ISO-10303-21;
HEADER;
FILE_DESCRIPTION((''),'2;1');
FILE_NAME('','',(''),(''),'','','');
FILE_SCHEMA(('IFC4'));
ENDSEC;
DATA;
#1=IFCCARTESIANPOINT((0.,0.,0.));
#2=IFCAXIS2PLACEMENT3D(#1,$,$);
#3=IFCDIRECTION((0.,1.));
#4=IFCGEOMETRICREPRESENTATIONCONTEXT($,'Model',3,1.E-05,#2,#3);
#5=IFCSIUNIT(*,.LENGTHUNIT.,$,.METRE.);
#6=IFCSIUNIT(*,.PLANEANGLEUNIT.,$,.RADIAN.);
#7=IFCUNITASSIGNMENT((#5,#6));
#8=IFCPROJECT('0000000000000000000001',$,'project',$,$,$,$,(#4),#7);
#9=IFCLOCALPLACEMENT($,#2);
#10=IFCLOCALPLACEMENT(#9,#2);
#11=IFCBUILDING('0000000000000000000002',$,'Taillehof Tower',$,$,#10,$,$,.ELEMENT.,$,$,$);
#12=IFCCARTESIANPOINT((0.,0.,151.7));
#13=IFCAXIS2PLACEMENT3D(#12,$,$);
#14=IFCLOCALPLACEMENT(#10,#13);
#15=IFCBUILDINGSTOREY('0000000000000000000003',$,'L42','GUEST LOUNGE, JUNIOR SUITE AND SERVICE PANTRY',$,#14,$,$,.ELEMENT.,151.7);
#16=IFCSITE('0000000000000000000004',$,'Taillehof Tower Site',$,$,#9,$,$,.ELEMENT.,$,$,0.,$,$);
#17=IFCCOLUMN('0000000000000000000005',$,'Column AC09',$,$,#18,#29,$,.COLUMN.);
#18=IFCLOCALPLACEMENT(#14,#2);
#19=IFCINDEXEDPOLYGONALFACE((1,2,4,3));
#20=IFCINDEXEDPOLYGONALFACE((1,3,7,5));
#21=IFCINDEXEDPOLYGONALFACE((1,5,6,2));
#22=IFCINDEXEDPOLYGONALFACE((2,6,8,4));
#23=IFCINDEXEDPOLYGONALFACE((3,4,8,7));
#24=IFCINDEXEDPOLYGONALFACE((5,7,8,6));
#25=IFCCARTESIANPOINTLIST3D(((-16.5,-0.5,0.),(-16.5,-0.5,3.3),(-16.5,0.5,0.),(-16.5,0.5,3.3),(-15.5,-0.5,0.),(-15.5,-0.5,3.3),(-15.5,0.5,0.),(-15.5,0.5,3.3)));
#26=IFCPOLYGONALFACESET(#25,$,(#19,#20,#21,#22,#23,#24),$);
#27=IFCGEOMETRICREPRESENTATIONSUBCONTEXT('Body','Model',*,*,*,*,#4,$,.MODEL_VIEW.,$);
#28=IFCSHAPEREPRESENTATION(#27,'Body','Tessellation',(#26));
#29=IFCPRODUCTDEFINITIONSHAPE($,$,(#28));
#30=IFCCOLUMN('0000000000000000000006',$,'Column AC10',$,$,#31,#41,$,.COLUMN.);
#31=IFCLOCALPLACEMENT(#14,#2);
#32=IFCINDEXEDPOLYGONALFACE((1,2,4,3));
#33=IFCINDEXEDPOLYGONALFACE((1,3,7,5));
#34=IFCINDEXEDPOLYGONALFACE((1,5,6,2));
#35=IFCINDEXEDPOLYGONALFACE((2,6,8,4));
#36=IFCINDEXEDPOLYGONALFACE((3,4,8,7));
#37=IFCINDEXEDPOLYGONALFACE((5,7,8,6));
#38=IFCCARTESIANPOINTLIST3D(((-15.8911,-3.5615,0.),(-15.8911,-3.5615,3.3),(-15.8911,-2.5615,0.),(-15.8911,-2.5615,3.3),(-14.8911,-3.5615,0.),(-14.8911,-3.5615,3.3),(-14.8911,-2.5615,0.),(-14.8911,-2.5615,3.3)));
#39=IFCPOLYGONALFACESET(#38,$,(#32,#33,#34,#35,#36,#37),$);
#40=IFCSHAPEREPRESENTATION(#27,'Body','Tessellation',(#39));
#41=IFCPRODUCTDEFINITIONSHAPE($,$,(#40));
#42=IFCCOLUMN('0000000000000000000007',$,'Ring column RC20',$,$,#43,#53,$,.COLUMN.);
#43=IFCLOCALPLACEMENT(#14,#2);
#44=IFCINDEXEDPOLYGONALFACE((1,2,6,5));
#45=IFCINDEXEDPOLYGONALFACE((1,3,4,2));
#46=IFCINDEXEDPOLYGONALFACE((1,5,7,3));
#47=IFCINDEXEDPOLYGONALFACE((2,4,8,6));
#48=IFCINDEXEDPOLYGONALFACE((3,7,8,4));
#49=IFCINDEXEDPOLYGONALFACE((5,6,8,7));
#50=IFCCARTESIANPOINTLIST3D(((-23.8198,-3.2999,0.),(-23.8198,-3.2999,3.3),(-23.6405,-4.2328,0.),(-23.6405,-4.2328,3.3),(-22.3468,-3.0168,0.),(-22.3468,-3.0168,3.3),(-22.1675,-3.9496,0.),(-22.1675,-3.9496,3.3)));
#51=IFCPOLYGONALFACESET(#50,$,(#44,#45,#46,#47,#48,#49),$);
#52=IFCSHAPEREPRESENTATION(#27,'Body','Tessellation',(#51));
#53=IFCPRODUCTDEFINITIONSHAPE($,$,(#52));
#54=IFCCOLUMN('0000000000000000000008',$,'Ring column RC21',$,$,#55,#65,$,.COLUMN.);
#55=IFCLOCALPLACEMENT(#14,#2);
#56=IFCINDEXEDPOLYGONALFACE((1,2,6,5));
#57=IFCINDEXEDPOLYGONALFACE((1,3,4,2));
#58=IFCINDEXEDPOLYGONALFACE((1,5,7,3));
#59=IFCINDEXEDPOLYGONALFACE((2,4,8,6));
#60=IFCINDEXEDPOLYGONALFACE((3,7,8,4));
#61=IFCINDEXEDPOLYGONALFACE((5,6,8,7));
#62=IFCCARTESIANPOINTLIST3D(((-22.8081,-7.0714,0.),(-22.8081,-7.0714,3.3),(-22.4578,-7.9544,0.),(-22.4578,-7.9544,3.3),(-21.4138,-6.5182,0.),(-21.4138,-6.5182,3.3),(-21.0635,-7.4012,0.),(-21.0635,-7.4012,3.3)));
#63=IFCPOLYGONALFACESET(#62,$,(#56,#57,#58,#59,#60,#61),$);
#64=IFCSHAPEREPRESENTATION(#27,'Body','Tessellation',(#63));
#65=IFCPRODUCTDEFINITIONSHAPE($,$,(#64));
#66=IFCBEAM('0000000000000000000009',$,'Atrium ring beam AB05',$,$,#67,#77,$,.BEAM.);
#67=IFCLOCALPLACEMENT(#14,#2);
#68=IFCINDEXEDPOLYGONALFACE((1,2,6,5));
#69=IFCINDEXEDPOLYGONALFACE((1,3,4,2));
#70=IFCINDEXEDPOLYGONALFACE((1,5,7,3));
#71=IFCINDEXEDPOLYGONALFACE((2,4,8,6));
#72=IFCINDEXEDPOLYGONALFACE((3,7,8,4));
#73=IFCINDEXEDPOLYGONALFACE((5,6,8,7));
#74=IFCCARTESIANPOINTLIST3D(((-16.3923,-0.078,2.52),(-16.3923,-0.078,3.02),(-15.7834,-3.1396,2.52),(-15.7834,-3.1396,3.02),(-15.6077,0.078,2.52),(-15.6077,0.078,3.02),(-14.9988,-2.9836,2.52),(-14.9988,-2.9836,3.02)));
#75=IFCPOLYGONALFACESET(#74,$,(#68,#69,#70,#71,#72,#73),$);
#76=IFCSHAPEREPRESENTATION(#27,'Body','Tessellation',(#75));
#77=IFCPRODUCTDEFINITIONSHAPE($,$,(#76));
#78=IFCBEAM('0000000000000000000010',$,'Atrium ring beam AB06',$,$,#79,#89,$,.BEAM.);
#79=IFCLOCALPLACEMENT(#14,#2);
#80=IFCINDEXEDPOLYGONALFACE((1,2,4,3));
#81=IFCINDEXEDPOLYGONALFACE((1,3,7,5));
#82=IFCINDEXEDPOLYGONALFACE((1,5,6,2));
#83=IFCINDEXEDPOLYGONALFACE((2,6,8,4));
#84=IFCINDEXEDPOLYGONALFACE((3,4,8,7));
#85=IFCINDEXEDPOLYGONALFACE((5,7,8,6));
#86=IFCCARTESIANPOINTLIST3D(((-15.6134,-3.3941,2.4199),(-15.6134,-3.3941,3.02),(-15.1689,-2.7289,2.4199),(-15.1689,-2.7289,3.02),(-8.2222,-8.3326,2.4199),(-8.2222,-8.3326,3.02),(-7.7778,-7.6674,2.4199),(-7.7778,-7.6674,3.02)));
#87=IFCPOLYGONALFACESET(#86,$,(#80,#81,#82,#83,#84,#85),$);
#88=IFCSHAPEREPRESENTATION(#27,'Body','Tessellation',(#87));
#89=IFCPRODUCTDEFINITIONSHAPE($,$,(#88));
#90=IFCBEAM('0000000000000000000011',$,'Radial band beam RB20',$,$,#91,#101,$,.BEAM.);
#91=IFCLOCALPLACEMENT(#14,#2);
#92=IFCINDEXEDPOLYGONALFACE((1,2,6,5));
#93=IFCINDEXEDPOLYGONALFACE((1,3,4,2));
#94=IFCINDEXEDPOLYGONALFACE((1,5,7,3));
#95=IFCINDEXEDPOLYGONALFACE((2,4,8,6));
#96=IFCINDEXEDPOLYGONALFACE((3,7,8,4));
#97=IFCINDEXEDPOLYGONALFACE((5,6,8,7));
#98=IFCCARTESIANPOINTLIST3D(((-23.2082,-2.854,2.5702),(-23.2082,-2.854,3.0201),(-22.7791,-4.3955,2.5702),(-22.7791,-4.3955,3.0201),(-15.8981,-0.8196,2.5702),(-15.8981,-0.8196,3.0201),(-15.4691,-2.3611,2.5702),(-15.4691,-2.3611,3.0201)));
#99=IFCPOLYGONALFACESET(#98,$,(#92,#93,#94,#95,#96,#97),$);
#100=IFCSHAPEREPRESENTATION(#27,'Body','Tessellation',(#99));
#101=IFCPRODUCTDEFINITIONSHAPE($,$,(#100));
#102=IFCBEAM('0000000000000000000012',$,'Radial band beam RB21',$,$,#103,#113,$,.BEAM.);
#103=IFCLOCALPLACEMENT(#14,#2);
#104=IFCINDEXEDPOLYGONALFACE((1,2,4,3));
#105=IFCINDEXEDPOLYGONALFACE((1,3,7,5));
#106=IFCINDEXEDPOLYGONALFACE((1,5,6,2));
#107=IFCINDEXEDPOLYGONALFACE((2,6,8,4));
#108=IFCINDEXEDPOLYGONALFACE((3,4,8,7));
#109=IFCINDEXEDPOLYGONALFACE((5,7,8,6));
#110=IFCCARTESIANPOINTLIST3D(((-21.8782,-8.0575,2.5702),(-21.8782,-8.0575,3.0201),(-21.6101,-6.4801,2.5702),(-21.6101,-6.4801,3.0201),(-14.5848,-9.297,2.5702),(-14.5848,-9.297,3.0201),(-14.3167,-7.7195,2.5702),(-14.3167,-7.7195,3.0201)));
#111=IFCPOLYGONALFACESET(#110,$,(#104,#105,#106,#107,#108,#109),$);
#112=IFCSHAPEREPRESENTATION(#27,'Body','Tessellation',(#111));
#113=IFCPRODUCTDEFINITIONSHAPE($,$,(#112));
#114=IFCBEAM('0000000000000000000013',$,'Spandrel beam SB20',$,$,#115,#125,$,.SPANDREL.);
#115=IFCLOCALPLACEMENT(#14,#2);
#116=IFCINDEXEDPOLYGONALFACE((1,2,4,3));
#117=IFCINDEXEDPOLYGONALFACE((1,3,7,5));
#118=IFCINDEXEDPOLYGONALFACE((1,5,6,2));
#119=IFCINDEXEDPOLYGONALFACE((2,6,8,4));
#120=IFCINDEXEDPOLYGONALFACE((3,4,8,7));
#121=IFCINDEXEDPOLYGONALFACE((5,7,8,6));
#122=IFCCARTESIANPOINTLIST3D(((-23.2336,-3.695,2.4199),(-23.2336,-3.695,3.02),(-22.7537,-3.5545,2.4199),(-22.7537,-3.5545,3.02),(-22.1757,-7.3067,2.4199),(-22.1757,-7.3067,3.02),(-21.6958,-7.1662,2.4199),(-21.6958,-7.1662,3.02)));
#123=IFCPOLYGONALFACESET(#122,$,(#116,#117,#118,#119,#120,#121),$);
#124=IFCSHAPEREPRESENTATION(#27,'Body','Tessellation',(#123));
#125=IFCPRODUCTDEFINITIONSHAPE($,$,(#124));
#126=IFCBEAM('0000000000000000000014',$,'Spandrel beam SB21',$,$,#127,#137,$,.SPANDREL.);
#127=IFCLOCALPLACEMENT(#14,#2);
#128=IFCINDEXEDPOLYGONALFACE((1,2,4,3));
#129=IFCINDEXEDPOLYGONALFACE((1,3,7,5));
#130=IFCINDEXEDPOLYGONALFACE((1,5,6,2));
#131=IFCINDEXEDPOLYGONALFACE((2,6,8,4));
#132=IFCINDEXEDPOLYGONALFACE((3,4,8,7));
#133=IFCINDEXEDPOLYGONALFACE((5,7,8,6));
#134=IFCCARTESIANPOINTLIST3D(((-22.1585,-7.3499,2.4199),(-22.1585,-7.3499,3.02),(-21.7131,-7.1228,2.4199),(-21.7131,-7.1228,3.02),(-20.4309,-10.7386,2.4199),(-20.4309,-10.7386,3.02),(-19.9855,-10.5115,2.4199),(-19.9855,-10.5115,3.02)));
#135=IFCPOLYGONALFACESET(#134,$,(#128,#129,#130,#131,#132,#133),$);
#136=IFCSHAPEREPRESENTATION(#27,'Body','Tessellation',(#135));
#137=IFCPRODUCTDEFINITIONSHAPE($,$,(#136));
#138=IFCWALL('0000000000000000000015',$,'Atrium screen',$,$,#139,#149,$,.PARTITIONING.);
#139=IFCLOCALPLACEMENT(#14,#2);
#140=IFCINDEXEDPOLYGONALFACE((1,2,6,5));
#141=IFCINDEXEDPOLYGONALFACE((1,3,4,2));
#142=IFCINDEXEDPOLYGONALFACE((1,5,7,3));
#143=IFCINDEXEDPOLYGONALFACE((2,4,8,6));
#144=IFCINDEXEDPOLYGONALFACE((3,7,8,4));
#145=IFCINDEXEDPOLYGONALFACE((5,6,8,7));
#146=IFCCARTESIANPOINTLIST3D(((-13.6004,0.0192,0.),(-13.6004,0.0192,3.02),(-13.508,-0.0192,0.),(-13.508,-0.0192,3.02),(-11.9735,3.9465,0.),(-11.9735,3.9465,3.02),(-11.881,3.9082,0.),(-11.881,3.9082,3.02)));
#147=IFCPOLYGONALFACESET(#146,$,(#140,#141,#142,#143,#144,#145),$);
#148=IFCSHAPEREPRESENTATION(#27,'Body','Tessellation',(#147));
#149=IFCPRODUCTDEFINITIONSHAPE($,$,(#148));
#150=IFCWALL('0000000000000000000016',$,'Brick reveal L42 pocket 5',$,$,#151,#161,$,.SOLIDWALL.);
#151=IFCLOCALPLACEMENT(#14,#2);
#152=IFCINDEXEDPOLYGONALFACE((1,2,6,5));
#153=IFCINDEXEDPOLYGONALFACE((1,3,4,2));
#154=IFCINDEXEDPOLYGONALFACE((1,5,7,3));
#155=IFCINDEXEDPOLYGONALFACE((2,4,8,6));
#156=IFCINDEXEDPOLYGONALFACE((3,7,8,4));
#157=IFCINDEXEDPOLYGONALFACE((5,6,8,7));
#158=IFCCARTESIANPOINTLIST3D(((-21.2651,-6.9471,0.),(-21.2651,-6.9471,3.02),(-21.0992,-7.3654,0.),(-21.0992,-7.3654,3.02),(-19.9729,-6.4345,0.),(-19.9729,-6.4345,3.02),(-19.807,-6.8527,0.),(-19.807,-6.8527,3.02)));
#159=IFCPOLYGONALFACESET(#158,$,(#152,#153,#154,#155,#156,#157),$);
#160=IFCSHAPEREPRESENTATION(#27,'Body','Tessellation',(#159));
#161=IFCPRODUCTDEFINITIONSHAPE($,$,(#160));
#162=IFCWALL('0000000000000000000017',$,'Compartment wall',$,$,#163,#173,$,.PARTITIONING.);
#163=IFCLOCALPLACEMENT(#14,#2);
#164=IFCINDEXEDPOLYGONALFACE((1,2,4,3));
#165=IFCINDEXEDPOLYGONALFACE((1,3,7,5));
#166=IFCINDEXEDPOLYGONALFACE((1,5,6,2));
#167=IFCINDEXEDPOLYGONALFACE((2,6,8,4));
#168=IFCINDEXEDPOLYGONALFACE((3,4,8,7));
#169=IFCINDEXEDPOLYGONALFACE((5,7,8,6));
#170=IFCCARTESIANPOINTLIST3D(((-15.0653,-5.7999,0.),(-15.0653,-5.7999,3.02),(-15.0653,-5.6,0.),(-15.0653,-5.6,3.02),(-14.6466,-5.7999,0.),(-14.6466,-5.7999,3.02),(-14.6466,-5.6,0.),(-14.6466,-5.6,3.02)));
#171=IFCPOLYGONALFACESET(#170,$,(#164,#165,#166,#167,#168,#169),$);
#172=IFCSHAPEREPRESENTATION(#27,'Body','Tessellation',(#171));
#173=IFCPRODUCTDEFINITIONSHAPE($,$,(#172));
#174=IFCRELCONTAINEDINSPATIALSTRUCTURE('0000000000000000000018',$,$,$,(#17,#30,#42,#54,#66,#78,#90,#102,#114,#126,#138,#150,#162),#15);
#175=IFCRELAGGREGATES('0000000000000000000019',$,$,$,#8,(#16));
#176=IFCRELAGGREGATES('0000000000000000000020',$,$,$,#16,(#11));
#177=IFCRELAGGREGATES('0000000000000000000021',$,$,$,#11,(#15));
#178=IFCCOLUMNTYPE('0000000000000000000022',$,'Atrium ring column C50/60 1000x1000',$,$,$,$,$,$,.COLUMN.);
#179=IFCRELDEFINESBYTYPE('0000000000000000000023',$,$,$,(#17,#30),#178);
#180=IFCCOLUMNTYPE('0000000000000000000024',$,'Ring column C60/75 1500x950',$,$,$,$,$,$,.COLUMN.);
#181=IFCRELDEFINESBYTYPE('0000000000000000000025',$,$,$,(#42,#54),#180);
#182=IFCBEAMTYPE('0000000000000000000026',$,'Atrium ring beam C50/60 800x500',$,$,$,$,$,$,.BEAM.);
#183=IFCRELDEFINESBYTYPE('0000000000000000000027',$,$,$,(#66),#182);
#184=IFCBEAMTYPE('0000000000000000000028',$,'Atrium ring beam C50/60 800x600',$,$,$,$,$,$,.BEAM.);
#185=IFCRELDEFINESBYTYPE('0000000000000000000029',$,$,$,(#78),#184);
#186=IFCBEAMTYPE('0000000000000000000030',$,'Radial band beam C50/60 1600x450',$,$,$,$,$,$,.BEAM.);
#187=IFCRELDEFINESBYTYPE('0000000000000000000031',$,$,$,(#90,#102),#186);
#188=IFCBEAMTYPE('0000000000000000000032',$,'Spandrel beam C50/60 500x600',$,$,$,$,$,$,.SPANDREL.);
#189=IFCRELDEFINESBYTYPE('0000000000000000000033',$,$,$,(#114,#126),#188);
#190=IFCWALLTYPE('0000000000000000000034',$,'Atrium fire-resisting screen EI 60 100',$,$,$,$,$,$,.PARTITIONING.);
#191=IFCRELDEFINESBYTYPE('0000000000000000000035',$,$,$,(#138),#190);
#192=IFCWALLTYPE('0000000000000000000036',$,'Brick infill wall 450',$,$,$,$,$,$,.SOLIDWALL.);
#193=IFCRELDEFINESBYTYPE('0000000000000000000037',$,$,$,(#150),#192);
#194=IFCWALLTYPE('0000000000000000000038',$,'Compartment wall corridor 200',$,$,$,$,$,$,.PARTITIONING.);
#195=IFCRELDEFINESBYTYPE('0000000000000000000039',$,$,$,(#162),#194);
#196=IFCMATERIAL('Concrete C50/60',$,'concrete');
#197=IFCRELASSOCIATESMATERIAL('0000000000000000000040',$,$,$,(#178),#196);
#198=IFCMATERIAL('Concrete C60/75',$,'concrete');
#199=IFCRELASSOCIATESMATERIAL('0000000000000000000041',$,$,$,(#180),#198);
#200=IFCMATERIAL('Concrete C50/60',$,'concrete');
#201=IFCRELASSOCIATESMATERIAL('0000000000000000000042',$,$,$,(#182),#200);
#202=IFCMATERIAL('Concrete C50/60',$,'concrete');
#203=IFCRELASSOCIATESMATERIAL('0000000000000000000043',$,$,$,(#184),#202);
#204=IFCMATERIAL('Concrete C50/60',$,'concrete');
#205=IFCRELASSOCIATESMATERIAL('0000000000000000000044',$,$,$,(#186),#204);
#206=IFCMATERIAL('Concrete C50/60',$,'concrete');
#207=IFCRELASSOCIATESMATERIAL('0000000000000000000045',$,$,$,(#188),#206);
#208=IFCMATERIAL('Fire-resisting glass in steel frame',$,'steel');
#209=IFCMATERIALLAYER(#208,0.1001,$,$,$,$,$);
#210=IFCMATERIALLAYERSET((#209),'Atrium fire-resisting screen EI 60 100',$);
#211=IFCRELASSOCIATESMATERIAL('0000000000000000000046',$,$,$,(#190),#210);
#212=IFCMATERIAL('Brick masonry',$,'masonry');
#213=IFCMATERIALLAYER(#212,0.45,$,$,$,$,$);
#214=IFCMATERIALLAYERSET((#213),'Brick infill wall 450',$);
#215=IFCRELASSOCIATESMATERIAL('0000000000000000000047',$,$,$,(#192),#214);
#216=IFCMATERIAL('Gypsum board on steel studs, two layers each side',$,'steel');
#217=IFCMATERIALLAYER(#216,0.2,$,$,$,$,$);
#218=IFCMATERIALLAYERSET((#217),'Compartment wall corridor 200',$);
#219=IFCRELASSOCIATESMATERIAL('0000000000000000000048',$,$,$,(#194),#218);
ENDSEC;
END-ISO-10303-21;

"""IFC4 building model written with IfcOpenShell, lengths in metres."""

from ifc_helpers import new_model, si_unit, direction, frame, frame_2d, origin, origin_2d, place, context, subcontext, project, spatial, rectangle, extrude, material, layer, layer_set, material_profile, profile_set, type_object, element, save


model = new_model("IFC4")

# Units and contexts
model_context = context("Model", 3, precision=1e-05, world=origin(), true_north=direction((0.0, 1.0)))
body_context = subcontext(model_context, "Body", "Model", "MODEL_VIEW")
ifc_project = project(units=[si_unit("LENGTHUNIT", "METRE"), si_unit("PLANEANGLEUNIT", "RADIAN")], contexts=[model_context])

# Site, building, storey
site_placement = place(None, origin())
site = spatial("IfcSite", under=ifc_project, at=site_placement, Name="Taillehof Tower Site", CompositionType="ELEMENT", RefElevation=0.0)
building_placement = place(site_placement, origin())
building = spatial("IfcBuilding", under=site, at=building_placement, Name="Taillehof Tower", CompositionType="ELEMENT")
storey_placement = place(building_placement, frame((0.0, 0.0, 151.7)))
storey = spatial("IfcBuildingStorey", under=building, at=storey_placement, Name="L42", Description="GUEST LOUNGE, JUNIOR SUITE AND SERVICE PANTRY", CompositionType="ELEMENT", Elevation=151.7)

# Columns
ifc_material_1 = material(Name="Concrete C50/60", Category="concrete")
ifc_material_profile_1 = material_profile(ifc_material_1, rectangle(XDim=1.0, YDim=1.0, at=origin_2d()), Name="RC 1000x1000")
ifc_profile_set_1 = profile_set([ifc_material_profile_1], Name="Concrete C50/60")
column_type_1 = type_object("IfcColumnType", Name="Atrium ring column C50/60 1000x1000", PredefinedType="COLUMN", material=ifc_profile_set_1)
for number, where, z_axis, x_axis, name in (
    (1, (-16.0, 0.0, 0.0), (0.0, 0.0, 1.0), (1.0, 0.0, 0.0), "Column AC09"),
    (2, (-15.3911, -3.0615, 0.0), (0.0, 0.0, 1.0), (1.0, 0.0, 0.0), "Column AC10"),
):
    element("IfcColumn", number, at=place(storey_placement, frame(where, z_axis=z_axis, x_axis=x_axis)), inside=storey, type_object=column_type_1, Name=name, PredefinedType="COLUMN", context=body_context, shape_type="SweptSolid", body=[
        extrude(rectangle(XDim=1.0, YDim=1.0, at=origin_2d()), origin(), (0.0, 0.0, 1.0), 3.3),
    ])
ifc_material_2 = material(Name="Concrete C60/75", Category="concrete")
ifc_material_profile_2 = material_profile(ifc_material_2, rectangle(XDim=1.5, YDim=0.95, at=origin_2d()), Name="RC 1500x950")
ifc_profile_set_2 = profile_set([ifc_material_profile_2], Name="Concrete C60/75")
column_type_2 = type_object("IfcColumnType", Name="Ring column C60/75 1500x950", PredefinedType="COLUMN", material=ifc_profile_set_2)
for number, where, z_axis, x_axis, name in (
    (3, (-22.9937, -3.6248, 0.0), (0.0, 0.0, 1.0), (-0.982024, -0.188757, 0.0), "Ring column RC20"),
    (4, (-21.9358, -7.2363, 0.0), (0.0, 0.0, 1.0), (-0.929511, -0.368793, 0.0), "Ring column RC21"),
):
    element("IfcColumn", number, at=place(storey_placement, frame(where, z_axis=z_axis, x_axis=x_axis)), inside=storey, type_object=column_type_2, Name=name, PredefinedType="COLUMN", context=body_context, shape_type="SweptSolid", body=[
        extrude(rectangle(XDim=1.5, YDim=0.95, at=origin_2d()), origin(), (0.0, 0.0, 1.0), 3.3),
    ])

# Beams
ifc_material_3 = material(Name="Concrete C50/60", Category="concrete")
ifc_material_profile_3 = material_profile(ifc_material_3, rectangle(XDim=0.8, YDim=0.5, at=origin_2d()), Name="RC 800x500")
ifc_profile_set_3 = profile_set([ifc_material_profile_3], Name="Concrete C50/60")
beam_type_1 = type_object("IfcBeamType", Name="Atrium ring beam C50/60 800x500", PredefinedType="BEAM", material=ifc_profile_set_3)
beam_1_placement = place(storey_placement, frame((-16.0, 0.0, 2.77), z_axis=(0.195063, -0.980791, 0.0), x_axis=(0.980791, 0.195063, 0.0)))
element("IfcBeam", 5, at=beam_1_placement, inside=storey, type_object=beam_type_1, Name="Atrium ring beam AB05", PredefinedType="BEAM", context=body_context, shape_type="SweptSolid", body=[
    extrude(rectangle(XDim=0.8, YDim=0.5, at=origin_2d()), origin(), (0.0, 0.0, 1.0), 3.1216),
])
ifc_material_4 = material(Name="Concrete C50/60", Category="concrete")
ifc_material_profile_4 = material_profile(ifc_material_4, rectangle(XDim=0.8, YDim=0.6001, at=origin_2d()), Name="RC 800x600")
ifc_profile_set_4 = profile_set([ifc_material_profile_4], Name="Concrete C50/60")
beam_type_2 = type_object("IfcBeamType", Name="Atrium ring beam C50/60 800x600", PredefinedType="BEAM", material=ifc_profile_set_4)
beam_2_placement = place(storey_placement, frame((-15.3911, -3.0615, 2.72), z_axis=(0.831475, -0.555562, 0.0), x_axis=(0.555562, 0.831475, 0.0)))
element("IfcBeam", 6, at=beam_2_placement, inside=storey, type_object=beam_type_2, Name="Atrium ring beam AB06", PredefinedType="BEAM", context=body_context, shape_type="SweptSolid", body=[
    extrude(rectangle(XDim=0.8, YDim=0.6001, at=origin_2d()), origin(), (0.0, 0.0, 1.0), 8.8892),
])
ifc_material_5 = material(Name="Concrete C50/60", Category="concrete")
ifc_material_profile_5 = material_profile(ifc_material_5, rectangle(XDim=1.6001, YDim=0.45, at=origin_2d()), Name="RC 1600x450")
ifc_profile_set_5 = profile_set([ifc_material_profile_5], Name="Concrete C50/60")
beam_type_3 = type_object("IfcBeamType", Name="Radial band beam C50/60 1600x450", PredefinedType="BEAM", material=ifc_profile_set_5)
beam_3_placement = place(storey_placement, frame((-22.9937, -3.6248, 2.7952), z_axis=(0.963387, 0.268115, 0.0), x_axis=(-0.268115, 0.963387, 0.0)))
element("IfcBeam", 7, at=beam_3_placement, inside=storey, type_object=beam_type_3, Name="Radial band beam RB20", PredefinedType="BEAM", context=body_context, shape_type="SweptSolid", body=[
    extrude(rectangle(XDim=1.6001, YDim=0.45, at=origin_2d()), origin(), (0.0, 0.0, 1.0), 7.5879),
])
beam_4_placement = place(storey_placement, frame((-21.7441, -7.2688, 2.7952), z_axis=(0.985864, -0.167545, 0.0), x_axis=(0.167545, 0.985864, 0.0)))
element("IfcBeam", 8, at=beam_4_placement, inside=storey, type_object=beam_type_3, Name="Radial band beam RB21", PredefinedType="BEAM", context=body_context, shape_type="SweptSolid", body=[
    extrude(rectangle(XDim=1.6001, YDim=0.45, at=origin_2d()), origin(), (0.0, 0.0, 1.0), 7.3979),
])
ifc_material_6 = material(Name="Concrete C50/60", Category="concrete")
ifc_material_profile_6 = material_profile(ifc_material_6, rectangle(XDim=0.5, YDim=0.6001, at=origin_2d()), Name="RC 500x600")
ifc_profile_set_6 = profile_set([ifc_material_profile_6], Name="Concrete C50/60")
beam_type_4 = type_object("IfcBeamType", Name="Spandrel beam C50/60 500x600", PredefinedType="SPANDREL", material=ifc_profile_set_6)
beam_5_placement = place(storey_placement, frame((-22.9937, -3.6248, 2.72), z_axis=(0.281098, -0.959679, 0.0), x_axis=(0.959679, 0.281098, 0.0)))
element("IfcBeam", 9, at=beam_5_placement, inside=storey, type_object=beam_type_4, Name="Spandrel beam SB20", PredefinedType="SPANDREL", context=body_context, shape_type="SweptSolid", body=[
    extrude(rectangle(XDim=0.5, YDim=0.6001, at=origin_2d()), origin(), (0.0, 0.0, 1.0), 3.7634),
])
beam_6_placement = place(storey_placement, frame((-21.9358, -7.2363, 2.72), z_axis=(0.454183, -0.890908, 0.0), x_axis=(0.890908, 0.454183, 0.0)))
element("IfcBeam", 10, at=beam_6_placement, inside=storey, type_object=beam_type_4, Name="Spandrel beam SB21", PredefinedType="SPANDREL", context=body_context, shape_type="SweptSolid", body=[
    extrude(rectangle(XDim=0.5, YDim=0.6001, at=origin_2d()), origin(), (0.0, 0.0, 1.0), 3.8037),
])

# Walls
ifc_material_7 = material(Name="Fire-resisting glass in steel frame", Category="steel")
ifc_layer_1 = layer(ifc_material_7, 0.1001)
ifc_layer_set_1 = layer_set([ifc_layer_1], Name="Atrium fire-resisting screen EI 60 100")
wall_type_1 = type_object("IfcWallType", Name="Atrium fire-resisting screen EI 60 100", PredefinedType="PARTITIONING", material=ifc_layer_set_1)
wall_1_placement = place(storey_placement, frame((-13.5542, 0.0, 0.0), z_axis=(0.0, 0.0, 1.0), x_axis=(0.382731, 0.92386, 0.0)))
element("IfcWall", 11, at=wall_1_placement, inside=storey, type_object=wall_type_1, Name="Atrium screen", PredefinedType="PARTITIONING", context=body_context, shape_type="SweptSolid", body=[
    extrude(rectangle(XDim=4.251, YDim=0.1001, at=frame_2d((2.1255, 0.0))), origin(), (0.0, 0.0, 1.0), 3.02),
])
ifc_material_8 = material(Name="Brick masonry", Category="masonry")
ifc_layer_2 = layer(ifc_material_8, 0.45)
ifc_layer_set_2 = layer_set([ifc_layer_2], Name="Brick infill wall 450")
wall_type_2 = type_object("IfcWallType", Name="Brick infill wall 450", PredefinedType="SOLIDWALL", material=ifc_layer_set_2)
wall_2_placement = place(storey_placement, frame((-21.1821, -7.1562, 0.0), z_axis=(0.0, 0.0, 1.0), x_axis=(0.929515, 0.368785, 0.0)))
element("IfcWall", 12, at=wall_2_placement, inside=storey, type_object=wall_type_2, Name="Brick reveal L42 pocket 5", PredefinedType="SOLIDWALL", context=body_context, shape_type="SweptSolid", body=[
    extrude(rectangle(XDim=1.3901, YDim=0.45, at=frame_2d((0.6951, 0.0))), origin(), (0.0, 0.0, 1.0), 3.02),
])

# Wall
ifc_material_9 = material(Name="Gypsum board on steel studs, two layers each side", Category="steel")
ifc_layer_3 = layer(ifc_material_9, 0.2)
ifc_layer_set_3 = layer_set([ifc_layer_3], Name="Compartment wall corridor 200")
wall_type_3 = type_object("IfcWallType", Name="Compartment wall corridor 200", PredefinedType="PARTITIONING", material=ifc_layer_set_3)
wall_3_placement = place(storey_placement, frame((-15.0654, -5.7, 0.0), z_axis=(0.0, 0.0, 1.0), x_axis=(1.0, 0.0, 0.0)))
element("IfcWall", 13, at=wall_3_placement, inside=storey, type_object=wall_type_3, Name="Compartment wall", PredefinedType="PARTITIONING", context=body_context, shape_type="SweptSolid", body=[
    extrude(rectangle(XDim=0.4187, YDim=0.2, at=frame_2d((0.2095, 0.0))), origin(), (0.0, 0.0, 1.0), 3.02),
])

save(model, "model.ifc")
